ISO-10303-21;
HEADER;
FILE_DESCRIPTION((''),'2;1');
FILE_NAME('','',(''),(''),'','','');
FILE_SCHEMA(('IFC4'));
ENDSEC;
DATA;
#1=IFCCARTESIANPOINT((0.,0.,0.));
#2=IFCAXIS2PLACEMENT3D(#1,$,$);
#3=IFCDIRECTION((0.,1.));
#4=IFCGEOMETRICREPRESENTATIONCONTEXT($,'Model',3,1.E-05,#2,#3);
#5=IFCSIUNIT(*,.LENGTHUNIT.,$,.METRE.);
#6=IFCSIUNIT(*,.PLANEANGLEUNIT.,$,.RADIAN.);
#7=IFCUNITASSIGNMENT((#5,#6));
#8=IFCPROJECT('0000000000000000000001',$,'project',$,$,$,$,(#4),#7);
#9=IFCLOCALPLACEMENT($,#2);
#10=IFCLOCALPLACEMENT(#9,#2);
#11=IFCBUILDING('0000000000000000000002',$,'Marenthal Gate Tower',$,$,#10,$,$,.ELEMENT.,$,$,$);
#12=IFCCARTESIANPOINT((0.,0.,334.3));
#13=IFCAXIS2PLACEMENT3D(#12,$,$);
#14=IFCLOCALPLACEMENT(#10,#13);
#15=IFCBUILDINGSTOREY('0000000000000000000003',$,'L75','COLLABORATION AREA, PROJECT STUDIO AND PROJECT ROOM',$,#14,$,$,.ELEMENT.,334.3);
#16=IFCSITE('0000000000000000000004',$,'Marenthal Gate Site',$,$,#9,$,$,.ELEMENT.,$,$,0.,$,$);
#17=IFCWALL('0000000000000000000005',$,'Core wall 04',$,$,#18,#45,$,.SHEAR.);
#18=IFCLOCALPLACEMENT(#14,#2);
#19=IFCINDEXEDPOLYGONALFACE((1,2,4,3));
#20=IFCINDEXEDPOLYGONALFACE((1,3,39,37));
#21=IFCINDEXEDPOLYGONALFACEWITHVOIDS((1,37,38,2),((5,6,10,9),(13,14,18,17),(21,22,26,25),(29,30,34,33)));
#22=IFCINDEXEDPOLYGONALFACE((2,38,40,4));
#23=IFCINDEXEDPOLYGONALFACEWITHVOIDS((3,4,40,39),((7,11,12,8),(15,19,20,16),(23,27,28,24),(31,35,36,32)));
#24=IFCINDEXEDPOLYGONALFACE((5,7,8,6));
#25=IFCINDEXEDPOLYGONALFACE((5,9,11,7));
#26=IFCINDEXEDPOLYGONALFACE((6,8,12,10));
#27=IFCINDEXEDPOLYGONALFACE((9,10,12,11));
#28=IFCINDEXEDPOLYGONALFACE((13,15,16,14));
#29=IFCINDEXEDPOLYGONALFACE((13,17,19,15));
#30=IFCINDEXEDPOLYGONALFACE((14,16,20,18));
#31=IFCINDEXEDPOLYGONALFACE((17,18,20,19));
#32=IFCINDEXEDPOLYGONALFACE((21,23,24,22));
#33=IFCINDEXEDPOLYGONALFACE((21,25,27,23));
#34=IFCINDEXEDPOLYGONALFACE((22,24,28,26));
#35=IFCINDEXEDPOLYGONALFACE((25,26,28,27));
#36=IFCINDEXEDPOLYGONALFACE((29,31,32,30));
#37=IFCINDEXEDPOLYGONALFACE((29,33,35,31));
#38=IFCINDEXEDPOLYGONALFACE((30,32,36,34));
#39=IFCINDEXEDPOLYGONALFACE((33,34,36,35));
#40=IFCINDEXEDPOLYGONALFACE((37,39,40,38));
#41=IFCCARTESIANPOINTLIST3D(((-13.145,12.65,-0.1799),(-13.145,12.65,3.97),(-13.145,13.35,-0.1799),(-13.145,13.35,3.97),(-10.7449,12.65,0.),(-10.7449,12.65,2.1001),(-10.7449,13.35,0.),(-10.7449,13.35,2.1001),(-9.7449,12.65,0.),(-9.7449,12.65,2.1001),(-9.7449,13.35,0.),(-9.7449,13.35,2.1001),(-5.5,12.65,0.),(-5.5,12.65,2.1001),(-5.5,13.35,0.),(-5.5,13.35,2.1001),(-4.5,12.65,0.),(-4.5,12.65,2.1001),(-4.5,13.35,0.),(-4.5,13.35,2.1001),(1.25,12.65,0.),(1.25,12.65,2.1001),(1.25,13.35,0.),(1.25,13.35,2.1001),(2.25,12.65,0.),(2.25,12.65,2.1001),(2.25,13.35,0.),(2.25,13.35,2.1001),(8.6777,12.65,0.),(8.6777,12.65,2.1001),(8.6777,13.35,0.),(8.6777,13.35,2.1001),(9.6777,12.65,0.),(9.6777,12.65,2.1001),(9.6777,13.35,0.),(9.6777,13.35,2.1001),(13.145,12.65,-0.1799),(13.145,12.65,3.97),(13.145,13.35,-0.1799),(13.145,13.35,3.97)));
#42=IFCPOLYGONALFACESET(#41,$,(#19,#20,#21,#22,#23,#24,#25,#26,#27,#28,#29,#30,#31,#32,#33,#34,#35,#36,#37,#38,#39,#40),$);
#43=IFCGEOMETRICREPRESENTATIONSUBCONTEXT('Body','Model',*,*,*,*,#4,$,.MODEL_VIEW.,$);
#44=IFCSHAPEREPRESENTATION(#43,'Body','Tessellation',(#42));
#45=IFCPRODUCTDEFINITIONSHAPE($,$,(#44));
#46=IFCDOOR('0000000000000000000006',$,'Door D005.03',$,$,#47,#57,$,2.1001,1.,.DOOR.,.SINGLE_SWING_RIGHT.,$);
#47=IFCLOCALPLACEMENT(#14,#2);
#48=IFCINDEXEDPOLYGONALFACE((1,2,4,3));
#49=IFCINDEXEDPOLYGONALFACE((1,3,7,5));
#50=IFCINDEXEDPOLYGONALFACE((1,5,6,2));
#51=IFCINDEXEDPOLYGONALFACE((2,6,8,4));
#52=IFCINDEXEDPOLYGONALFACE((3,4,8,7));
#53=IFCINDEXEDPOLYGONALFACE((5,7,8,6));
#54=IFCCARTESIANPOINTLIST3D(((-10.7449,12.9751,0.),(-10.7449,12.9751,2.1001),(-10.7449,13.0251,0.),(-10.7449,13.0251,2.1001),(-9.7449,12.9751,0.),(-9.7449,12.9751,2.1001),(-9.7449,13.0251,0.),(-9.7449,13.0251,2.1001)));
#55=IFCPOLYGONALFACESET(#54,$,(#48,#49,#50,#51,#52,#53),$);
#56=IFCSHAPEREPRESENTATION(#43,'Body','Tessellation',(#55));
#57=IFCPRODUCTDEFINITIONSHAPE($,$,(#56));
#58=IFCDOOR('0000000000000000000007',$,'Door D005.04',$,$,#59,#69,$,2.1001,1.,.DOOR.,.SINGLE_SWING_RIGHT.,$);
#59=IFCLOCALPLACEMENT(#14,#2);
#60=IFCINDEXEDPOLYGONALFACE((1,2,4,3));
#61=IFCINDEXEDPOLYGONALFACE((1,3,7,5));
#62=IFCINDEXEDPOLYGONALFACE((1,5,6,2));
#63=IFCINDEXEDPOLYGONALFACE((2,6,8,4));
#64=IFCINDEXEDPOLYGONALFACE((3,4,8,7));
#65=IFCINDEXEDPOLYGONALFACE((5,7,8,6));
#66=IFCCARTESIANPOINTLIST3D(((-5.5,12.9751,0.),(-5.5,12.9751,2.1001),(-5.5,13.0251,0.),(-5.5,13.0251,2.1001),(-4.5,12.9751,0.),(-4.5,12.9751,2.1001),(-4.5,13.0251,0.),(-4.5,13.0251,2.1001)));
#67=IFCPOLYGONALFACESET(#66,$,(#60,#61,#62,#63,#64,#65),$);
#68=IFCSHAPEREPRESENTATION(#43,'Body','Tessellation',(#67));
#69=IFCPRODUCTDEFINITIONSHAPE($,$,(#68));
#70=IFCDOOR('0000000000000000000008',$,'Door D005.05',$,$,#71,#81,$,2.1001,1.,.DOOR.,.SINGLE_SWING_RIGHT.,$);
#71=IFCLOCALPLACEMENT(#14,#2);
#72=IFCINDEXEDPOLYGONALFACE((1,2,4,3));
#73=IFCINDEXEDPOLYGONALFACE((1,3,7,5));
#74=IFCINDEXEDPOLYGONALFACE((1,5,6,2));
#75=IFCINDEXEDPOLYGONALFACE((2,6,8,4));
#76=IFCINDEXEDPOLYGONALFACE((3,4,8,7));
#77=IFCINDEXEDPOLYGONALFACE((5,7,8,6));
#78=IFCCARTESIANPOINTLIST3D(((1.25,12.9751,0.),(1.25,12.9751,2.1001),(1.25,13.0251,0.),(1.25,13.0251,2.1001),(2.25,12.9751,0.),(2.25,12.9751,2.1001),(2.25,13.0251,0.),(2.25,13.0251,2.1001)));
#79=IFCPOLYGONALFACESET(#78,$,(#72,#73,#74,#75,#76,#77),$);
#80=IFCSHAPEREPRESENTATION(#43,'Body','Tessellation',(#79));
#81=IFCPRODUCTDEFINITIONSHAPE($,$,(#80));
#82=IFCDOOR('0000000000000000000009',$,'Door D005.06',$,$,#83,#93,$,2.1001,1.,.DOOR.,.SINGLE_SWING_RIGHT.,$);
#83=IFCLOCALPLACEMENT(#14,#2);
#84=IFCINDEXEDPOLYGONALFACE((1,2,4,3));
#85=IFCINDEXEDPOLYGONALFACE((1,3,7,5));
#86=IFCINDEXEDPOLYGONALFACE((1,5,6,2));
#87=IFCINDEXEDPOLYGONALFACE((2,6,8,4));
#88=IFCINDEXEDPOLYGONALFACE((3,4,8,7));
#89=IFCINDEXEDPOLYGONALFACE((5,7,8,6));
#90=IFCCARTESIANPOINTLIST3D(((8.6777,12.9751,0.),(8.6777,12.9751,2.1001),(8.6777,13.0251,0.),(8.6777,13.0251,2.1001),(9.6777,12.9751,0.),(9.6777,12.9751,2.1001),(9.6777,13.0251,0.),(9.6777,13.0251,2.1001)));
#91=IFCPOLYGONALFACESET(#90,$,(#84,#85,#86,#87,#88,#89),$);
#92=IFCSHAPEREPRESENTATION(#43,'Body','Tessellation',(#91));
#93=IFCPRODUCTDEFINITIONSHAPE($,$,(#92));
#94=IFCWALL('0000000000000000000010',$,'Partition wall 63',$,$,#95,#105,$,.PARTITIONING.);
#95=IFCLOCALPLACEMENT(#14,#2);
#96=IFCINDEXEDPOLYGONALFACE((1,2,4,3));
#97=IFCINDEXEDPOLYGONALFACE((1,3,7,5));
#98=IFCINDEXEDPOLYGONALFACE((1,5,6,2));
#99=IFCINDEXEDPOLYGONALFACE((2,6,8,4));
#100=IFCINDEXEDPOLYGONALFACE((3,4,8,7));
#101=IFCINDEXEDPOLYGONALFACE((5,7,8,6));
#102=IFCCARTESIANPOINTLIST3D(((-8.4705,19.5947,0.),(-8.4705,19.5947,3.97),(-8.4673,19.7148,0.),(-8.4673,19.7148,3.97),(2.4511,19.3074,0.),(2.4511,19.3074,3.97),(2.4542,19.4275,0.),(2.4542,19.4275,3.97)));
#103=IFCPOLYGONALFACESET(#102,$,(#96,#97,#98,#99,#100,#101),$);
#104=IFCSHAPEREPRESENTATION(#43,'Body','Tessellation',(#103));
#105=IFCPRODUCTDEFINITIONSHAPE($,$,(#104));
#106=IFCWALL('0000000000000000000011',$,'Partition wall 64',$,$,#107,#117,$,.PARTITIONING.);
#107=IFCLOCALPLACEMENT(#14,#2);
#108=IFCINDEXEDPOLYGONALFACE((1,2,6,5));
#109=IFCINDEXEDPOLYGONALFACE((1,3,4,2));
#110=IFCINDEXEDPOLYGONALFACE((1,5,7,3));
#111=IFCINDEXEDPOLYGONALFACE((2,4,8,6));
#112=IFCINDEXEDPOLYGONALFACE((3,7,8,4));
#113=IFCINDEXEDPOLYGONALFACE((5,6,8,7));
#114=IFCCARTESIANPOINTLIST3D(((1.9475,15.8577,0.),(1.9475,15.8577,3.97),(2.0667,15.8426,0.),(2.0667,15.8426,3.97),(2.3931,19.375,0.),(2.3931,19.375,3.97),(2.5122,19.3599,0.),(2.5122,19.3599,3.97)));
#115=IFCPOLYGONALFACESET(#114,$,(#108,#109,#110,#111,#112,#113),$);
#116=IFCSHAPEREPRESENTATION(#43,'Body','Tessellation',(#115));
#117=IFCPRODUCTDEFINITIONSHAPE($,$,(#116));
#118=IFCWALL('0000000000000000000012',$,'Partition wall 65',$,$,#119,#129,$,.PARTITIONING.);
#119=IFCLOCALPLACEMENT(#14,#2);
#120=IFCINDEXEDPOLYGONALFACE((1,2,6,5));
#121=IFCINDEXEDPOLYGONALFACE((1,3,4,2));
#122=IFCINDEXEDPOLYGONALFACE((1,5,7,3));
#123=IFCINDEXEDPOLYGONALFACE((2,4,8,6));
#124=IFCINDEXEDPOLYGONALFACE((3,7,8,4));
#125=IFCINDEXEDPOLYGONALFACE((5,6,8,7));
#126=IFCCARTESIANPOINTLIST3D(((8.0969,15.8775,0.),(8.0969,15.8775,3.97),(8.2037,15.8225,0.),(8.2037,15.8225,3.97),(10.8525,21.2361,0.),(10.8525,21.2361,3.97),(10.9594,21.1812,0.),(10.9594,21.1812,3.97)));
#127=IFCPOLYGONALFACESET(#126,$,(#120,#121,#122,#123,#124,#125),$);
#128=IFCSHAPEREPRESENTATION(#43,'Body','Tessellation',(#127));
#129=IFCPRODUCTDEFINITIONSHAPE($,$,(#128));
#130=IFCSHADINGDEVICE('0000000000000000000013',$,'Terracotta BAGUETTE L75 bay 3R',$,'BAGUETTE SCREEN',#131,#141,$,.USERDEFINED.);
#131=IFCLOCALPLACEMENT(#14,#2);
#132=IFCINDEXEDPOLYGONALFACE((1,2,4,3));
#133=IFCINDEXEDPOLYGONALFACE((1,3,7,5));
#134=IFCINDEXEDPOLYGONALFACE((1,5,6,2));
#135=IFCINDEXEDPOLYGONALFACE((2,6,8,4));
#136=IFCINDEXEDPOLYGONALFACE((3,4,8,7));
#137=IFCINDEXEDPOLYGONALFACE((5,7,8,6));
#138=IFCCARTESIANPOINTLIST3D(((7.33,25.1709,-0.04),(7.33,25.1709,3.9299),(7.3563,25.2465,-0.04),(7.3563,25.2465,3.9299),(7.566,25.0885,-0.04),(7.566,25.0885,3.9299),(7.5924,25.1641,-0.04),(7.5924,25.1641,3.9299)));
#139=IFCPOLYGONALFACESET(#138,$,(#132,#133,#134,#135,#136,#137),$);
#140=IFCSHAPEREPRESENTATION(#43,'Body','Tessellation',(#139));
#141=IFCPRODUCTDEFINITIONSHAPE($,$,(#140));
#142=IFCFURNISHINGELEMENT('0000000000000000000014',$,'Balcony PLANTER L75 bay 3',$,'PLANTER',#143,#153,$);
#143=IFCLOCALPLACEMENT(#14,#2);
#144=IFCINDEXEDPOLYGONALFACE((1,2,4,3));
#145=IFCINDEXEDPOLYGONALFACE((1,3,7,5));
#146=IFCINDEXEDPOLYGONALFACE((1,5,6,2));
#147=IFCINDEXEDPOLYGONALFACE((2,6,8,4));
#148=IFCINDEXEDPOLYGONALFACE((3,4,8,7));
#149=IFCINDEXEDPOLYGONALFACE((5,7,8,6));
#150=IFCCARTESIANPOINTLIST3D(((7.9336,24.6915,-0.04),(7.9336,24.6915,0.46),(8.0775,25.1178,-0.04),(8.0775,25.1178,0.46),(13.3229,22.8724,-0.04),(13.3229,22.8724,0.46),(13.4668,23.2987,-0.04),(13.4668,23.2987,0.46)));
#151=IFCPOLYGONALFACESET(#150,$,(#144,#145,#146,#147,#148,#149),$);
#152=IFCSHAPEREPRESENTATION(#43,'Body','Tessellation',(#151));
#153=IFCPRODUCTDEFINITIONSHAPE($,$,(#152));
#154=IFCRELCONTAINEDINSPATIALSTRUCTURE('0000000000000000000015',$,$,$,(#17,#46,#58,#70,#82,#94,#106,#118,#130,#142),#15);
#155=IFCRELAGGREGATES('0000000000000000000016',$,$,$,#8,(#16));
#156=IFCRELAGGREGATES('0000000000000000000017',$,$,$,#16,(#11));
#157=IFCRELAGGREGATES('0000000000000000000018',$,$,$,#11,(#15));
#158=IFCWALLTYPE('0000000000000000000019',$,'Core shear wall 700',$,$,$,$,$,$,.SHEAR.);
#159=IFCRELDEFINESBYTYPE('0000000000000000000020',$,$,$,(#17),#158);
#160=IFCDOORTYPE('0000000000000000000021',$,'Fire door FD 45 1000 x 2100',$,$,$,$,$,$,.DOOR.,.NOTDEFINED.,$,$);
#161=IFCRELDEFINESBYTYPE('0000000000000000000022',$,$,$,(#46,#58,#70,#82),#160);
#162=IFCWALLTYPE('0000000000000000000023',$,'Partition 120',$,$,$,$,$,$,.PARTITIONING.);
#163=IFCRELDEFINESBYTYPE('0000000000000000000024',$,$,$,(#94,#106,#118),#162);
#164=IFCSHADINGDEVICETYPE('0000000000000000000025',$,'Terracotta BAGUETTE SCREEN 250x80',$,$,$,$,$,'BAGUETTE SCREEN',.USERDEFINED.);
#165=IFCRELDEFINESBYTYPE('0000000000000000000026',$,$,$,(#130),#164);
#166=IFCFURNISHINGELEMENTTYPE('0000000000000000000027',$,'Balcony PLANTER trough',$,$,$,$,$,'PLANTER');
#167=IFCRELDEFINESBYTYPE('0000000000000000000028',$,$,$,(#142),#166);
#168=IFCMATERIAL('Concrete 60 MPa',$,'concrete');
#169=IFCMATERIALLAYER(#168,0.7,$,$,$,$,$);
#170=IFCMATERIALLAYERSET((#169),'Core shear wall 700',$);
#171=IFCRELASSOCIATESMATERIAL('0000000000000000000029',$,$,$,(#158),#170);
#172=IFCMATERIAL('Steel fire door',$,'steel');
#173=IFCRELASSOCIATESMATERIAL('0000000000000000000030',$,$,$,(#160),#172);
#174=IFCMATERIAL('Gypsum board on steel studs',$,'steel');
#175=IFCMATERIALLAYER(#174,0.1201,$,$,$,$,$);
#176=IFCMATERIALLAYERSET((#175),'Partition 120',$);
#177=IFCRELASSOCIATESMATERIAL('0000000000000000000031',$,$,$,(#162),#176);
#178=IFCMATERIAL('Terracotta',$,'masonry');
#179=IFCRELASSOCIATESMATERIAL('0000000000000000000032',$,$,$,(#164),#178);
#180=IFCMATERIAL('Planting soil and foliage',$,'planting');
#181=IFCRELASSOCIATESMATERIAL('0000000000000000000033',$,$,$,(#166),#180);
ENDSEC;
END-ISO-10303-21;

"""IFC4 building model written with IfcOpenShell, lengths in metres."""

from ifc_helpers import new_model, si_unit, direction, frame, frame_2d, origin, origin_2d, place, context, subcontext, project, spatial, rectangle, extrude, material, layer, layer_set, material_profile, profile_set, type_object, element, fill, save


model = new_model("IFC4")

# Units and contexts
model_context = context("Model", 3, precision=1e-05, world=origin(), true_north=direction((0.0, 1.0)))
body_context = subcontext(model_context, "Body", "Model", "MODEL_VIEW")
ifc_project = project(units=[si_unit("LENGTHUNIT", "METRE"), si_unit("PLANEANGLEUNIT", "RADIAN")], contexts=[model_context])

# Site, building, storey
site_placement = place(None, origin())
site = spatial("IfcSite", under=ifc_project, at=site_placement, Name="Marenthal Gate Site", CompositionType="ELEMENT", RefElevation=0.0)
building_placement = place(site_placement, origin())
building = spatial("IfcBuilding", under=site, at=building_placement, Name="Marenthal Gate Tower", CompositionType="ELEMENT")
storey_placement = place(building_placement, frame((0.0, 0.0, 334.3)))
storey = spatial("IfcBuildingStorey", under=building, at=storey_placement, Name="L75", Description="COLLABORATION AREA, PROJECT STUDIO AND PROJECT ROOM", CompositionType="ELEMENT", Elevation=334.3)

# Wall, openings, doors
ifc_material_1 = material(Name="Concrete 60 MPa", Category="concrete")
ifc_layer_1 = layer(ifc_material_1, 0.7)
ifc_layer_set_1 = layer_set([ifc_layer_1], Name="Core shear wall 700")
wall_type_1 = type_object("IfcWallType", Name="Core shear wall 700", PredefinedType="SHEAR", material=ifc_layer_set_1)
wall_1_placement = place(storey_placement, frame((13.145, 13.0, -0.1799), z_axis=(0.0, 0.0, 1.0), x_axis=(-1.0, 0.0, 0.0)))
wall_1 = element("IfcWall", 1, at=wall_1_placement, inside=storey, type_object=wall_type_1, Name="Core wall 04", PredefinedType="SHEAR", context=body_context, shape_type="SweptSolid", body=[
    extrude(rectangle(XDim=26.29, YDim=0.7, at=frame_2d((13.145, 0.0))), origin(), (0.0, 0.0, 1.0), 4.1499),
])
opening_1_placement = place(wall_1_placement, frame((22.8899, 0.0, 0.1799)))
opening_1 = element("IfcOpeningElement", 2, at=opening_1_placement, cuts=wall_1, PredefinedType="OPENING", context=body_context, shape_type="SweptSolid", body=[
    extrude(rectangle(XDim=1.0, YDim=2.1001, at=frame_2d((0.5, 1.05))), frame((0.0, 0.3599, 0.0), z_axis=(0.0, -1.0, 0.0), x_axis=(1.0, 0.0, 0.0)), (0.0, 0.0, 1.0), 0.72),
])
opening_2_placement = place(wall_1_placement, frame((17.645, 0.0, 0.1799)))
opening_2 = element("IfcOpeningElement", 3, at=opening_2_placement, cuts=wall_1, PredefinedType="OPENING", context=body_context, shape_type="SweptSolid", body=[
    extrude(rectangle(XDim=1.0, YDim=2.1001, at=frame_2d((0.5, 1.05))), frame((0.0, 0.3599, 0.0), z_axis=(0.0, -1.0, 0.0), x_axis=(1.0, 0.0, 0.0)), (0.0, 0.0, 1.0), 0.72),
])
opening_3_placement = place(wall_1_placement, frame((10.895, 0.0, 0.1799)))
opening_3 = element("IfcOpeningElement", 4, at=opening_3_placement, cuts=wall_1, PredefinedType="OPENING", context=body_context, shape_type="SweptSolid", body=[
    extrude(rectangle(XDim=1.0, YDim=2.1001, at=frame_2d((0.5, 1.05))), frame((0.0, 0.3599, 0.0), z_axis=(0.0, -1.0, 0.0), x_axis=(1.0, 0.0, 0.0)), (0.0, 0.0, 1.0), 0.72),
])
opening_4_placement = place(wall_1_placement, frame((3.4673, 0.0, 0.1799)))
opening_4 = element("IfcOpeningElement", 5, at=opening_4_placement, cuts=wall_1, PredefinedType="OPENING", context=body_context, shape_type="SweptSolid", body=[
    extrude(rectangle(XDim=1.0, YDim=2.1001, at=frame_2d((0.5, 1.05))), frame((0.0, 0.3599, 0.0), z_axis=(0.0, -1.0, 0.0), x_axis=(1.0, 0.0, 0.0)), (0.0, 0.0, 1.0), 0.72),
])
ifc_material_2 = material(Name="Steel fire door", Category="steel")
door_type = type_object("IfcDoorType", Name="Fire door FD 45 1000 x 2100", OperationType="NOTDEFINED", PredefinedType="DOOR", material=ifc_material_2)
door_1_placement = place(opening_1_placement, origin())
door_1 = element("IfcDoor", 6, at=door_1_placement, inside=storey, type_object=door_type, Name="Door D005.03", OperationType="SINGLE_SWING_RIGHT", OverallHeight=2.1001, OverallWidth=1.0, PredefinedType="DOOR", context=body_context, shape_type="SweptSolid", body=[
    extrude(rectangle(XDim=1.0, YDim=2.1001, at=frame_2d((0.5, 1.05))), frame((0.0, 0.0249, 0.0), z_axis=(0.0, -1.0, 0.0), x_axis=(1.0, 0.0, 0.0)), (0.0, 0.0, 1.0), 0.05),
])
fill(opening_1, door_1)
door_2_placement = place(opening_2_placement, origin())
door_2 = element("IfcDoor", 7, at=door_2_placement, inside=storey, type_object=door_type, Name="Door D005.04", OperationType="SINGLE_SWING_RIGHT", OverallHeight=2.1001, OverallWidth=1.0, PredefinedType="DOOR", context=body_context, shape_type="SweptSolid", body=[
    extrude(rectangle(XDim=1.0, YDim=2.1001, at=frame_2d((0.5, 1.05))), frame((0.0, 0.0249, 0.0), z_axis=(0.0, -1.0, 0.0), x_axis=(1.0, 0.0, 0.0)), (0.0, 0.0, 1.0), 0.05),
])
fill(opening_2, door_2)
door_3_placement = place(opening_3_placement, origin())
door_3 = element("IfcDoor", 8, at=door_3_placement, inside=storey, type_object=door_type, Name="Door D005.05", OperationType="SINGLE_SWING_RIGHT", OverallHeight=2.1001, OverallWidth=1.0, PredefinedType="DOOR", context=body_context, shape_type="SweptSolid", body=[
    extrude(rectangle(XDim=1.0, YDim=2.1001, at=frame_2d((0.5, 1.05))), frame((0.0, 0.0249, 0.0), z_axis=(0.0, -1.0, 0.0), x_axis=(1.0, 0.0, 0.0)), (0.0, 0.0, 1.0), 0.05),
])
fill(opening_3, door_3)
door_4_placement = place(opening_4_placement, origin())
door_4 = element("IfcDoor", 9, at=door_4_placement, inside=storey, type_object=door_type, Name="Door D005.06", OperationType="SINGLE_SWING_RIGHT", OverallHeight=2.1001, OverallWidth=1.0, PredefinedType="DOOR", context=body_context, shape_type="SweptSolid", body=[
    extrude(rectangle(XDim=1.0, YDim=2.1001, at=frame_2d((0.5, 1.05))), frame((0.0, 0.0249, 0.0), z_axis=(0.0, -1.0, 0.0), x_axis=(1.0, 0.0, 0.0)), (0.0, 0.0, 1.0), 0.05),
])
fill(opening_4, door_4)

# Walls
ifc_material_3 = material(Name="Gypsum board on steel studs", Category="steel")
ifc_layer_2 = layer(ifc_material_3, 0.1201)
ifc_layer_set_2 = layer_set([ifc_layer_2], Name="Partition 120")
wall_type_2 = type_object("IfcWallType", Name="Partition 120", PredefinedType="PARTITIONING", material=ifc_layer_set_2)
wall_2_placement = place(storey_placement, frame((2.4526, 19.3674, 0.0), z_axis=(0.0, 0.0, 1.0), x_axis=(-0.999654, 0.026301, 0.0)))
element("IfcWall", 10, at=wall_2_placement, inside=storey, type_object=wall_type_2, Name="Partition wall 63", PredefinedType="PARTITIONING", context=body_context, shape_type="SweptSolid", body=[
    extrude(rectangle(XDim=10.9253, YDim=0.1201, at=frame_2d((5.4626, 0.0))), origin(), (0.0, 0.0, 1.0), 3.97),
])
wall_3_placement = place(storey_placement, frame((2.4526, 19.3674, 0.0), z_axis=(0.0, 0.0, 1.0), x_axis=(-0.12567, -0.992072, 0.0)))
element("IfcWall", 11, at=wall_3_placement, inside=storey, type_object=wall_type_2, Name="Partition wall 64", PredefinedType="PARTITIONING", context=body_context, shape_type="SweptSolid", body=[
    extrude(rectangle(XDim=3.5454, YDim=0.1201, at=frame_2d((1.7727, 0.0))), origin(), (0.0, 0.0, 1.0), 3.97),
])
wall_4_placement = place(storey_placement, frame((8.1504, 15.8501, 0.0), z_axis=(0.0, 0.0, 1.0), x_axis=(0.457314, 0.889305, 0.0)))
element("IfcWall", 12, at=wall_4_placement, inside=storey, type_object=wall_type_2, Name="Partition wall 65", PredefinedType="PARTITIONING", context=body_context, shape_type="SweptSolid", body=[
    extrude(rectangle(XDim=6.0256, YDim=0.1201, at=frame_2d((3.0127, 0.0))), origin(), (0.0, 0.0, 1.0), 3.97),
])

# Shading device
ifc_material_4 = material(Name="Terracotta", Category="masonry")
ifc_material_profile_1 = material_profile(ifc_material_4, rectangle(XDim=0.25, YDim=0.0801, at=origin_2d()), Name="Terracotta baguette 250x80")
ifc_profile_set_1 = profile_set([ifc_material_profile_1], Name="Terracotta")
shading_device_type = type_object("IfcShadingDeviceType", Name="Terracotta BAGUETTE SCREEN 250x80", ElementType="BAGUETTE SCREEN", PredefinedType="USERDEFINED", material=ifc_profile_set_1)
shading_device_placement = place(storey_placement, frame((7.4612, 25.1675, -0.04), z_axis=(0.0, 0.0, 1.0), x_axis=(-0.944186, 0.329413, 0.0)))
element("IfcShadingDevice", 13, at=shading_device_placement, inside=storey, type_object=shading_device_type, Name="Terracotta BAGUETTE L75 bay 3R", ObjectType="BAGUETTE SCREEN", PredefinedType="USERDEFINED", context=body_context, shape_type="SweptSolid", body=[
    extrude(rectangle(XDim=0.25, YDim=0.0801, at=origin_2d()), origin(), (0.0, 0.0, 1.0), 3.97),
])

# Furnishing element
ifc_material_5 = material(Name="Planting soil and foliage", Category="planting")
furnishing_element_type = type_object("IfcFurnishingElementType", Name="Balcony PLANTER trough", ElementType="PLANTER", material=ifc_material_5)
furnishing_placement = place(storey_placement, frame((10.7002, 23.9951, -0.04), z_axis=(0.0, 0.0, 1.0), x_axis=(-0.947479, 0.319818, 0.0)))
element("IfcFurnishingElement", 14, at=furnishing_placement, inside=storey, type_object=furnishing_element_type, Name="Balcony PLANTER L75 bay 3", ObjectType="PLANTER", context=body_context, shape_type="SweptSolid", body=[
    extrude(rectangle(XDim=5.688, YDim=0.45, at=origin_2d()), origin(), (0.0, 0.0, 1.0), 0.5),
])

save(model, "model.ifc")
